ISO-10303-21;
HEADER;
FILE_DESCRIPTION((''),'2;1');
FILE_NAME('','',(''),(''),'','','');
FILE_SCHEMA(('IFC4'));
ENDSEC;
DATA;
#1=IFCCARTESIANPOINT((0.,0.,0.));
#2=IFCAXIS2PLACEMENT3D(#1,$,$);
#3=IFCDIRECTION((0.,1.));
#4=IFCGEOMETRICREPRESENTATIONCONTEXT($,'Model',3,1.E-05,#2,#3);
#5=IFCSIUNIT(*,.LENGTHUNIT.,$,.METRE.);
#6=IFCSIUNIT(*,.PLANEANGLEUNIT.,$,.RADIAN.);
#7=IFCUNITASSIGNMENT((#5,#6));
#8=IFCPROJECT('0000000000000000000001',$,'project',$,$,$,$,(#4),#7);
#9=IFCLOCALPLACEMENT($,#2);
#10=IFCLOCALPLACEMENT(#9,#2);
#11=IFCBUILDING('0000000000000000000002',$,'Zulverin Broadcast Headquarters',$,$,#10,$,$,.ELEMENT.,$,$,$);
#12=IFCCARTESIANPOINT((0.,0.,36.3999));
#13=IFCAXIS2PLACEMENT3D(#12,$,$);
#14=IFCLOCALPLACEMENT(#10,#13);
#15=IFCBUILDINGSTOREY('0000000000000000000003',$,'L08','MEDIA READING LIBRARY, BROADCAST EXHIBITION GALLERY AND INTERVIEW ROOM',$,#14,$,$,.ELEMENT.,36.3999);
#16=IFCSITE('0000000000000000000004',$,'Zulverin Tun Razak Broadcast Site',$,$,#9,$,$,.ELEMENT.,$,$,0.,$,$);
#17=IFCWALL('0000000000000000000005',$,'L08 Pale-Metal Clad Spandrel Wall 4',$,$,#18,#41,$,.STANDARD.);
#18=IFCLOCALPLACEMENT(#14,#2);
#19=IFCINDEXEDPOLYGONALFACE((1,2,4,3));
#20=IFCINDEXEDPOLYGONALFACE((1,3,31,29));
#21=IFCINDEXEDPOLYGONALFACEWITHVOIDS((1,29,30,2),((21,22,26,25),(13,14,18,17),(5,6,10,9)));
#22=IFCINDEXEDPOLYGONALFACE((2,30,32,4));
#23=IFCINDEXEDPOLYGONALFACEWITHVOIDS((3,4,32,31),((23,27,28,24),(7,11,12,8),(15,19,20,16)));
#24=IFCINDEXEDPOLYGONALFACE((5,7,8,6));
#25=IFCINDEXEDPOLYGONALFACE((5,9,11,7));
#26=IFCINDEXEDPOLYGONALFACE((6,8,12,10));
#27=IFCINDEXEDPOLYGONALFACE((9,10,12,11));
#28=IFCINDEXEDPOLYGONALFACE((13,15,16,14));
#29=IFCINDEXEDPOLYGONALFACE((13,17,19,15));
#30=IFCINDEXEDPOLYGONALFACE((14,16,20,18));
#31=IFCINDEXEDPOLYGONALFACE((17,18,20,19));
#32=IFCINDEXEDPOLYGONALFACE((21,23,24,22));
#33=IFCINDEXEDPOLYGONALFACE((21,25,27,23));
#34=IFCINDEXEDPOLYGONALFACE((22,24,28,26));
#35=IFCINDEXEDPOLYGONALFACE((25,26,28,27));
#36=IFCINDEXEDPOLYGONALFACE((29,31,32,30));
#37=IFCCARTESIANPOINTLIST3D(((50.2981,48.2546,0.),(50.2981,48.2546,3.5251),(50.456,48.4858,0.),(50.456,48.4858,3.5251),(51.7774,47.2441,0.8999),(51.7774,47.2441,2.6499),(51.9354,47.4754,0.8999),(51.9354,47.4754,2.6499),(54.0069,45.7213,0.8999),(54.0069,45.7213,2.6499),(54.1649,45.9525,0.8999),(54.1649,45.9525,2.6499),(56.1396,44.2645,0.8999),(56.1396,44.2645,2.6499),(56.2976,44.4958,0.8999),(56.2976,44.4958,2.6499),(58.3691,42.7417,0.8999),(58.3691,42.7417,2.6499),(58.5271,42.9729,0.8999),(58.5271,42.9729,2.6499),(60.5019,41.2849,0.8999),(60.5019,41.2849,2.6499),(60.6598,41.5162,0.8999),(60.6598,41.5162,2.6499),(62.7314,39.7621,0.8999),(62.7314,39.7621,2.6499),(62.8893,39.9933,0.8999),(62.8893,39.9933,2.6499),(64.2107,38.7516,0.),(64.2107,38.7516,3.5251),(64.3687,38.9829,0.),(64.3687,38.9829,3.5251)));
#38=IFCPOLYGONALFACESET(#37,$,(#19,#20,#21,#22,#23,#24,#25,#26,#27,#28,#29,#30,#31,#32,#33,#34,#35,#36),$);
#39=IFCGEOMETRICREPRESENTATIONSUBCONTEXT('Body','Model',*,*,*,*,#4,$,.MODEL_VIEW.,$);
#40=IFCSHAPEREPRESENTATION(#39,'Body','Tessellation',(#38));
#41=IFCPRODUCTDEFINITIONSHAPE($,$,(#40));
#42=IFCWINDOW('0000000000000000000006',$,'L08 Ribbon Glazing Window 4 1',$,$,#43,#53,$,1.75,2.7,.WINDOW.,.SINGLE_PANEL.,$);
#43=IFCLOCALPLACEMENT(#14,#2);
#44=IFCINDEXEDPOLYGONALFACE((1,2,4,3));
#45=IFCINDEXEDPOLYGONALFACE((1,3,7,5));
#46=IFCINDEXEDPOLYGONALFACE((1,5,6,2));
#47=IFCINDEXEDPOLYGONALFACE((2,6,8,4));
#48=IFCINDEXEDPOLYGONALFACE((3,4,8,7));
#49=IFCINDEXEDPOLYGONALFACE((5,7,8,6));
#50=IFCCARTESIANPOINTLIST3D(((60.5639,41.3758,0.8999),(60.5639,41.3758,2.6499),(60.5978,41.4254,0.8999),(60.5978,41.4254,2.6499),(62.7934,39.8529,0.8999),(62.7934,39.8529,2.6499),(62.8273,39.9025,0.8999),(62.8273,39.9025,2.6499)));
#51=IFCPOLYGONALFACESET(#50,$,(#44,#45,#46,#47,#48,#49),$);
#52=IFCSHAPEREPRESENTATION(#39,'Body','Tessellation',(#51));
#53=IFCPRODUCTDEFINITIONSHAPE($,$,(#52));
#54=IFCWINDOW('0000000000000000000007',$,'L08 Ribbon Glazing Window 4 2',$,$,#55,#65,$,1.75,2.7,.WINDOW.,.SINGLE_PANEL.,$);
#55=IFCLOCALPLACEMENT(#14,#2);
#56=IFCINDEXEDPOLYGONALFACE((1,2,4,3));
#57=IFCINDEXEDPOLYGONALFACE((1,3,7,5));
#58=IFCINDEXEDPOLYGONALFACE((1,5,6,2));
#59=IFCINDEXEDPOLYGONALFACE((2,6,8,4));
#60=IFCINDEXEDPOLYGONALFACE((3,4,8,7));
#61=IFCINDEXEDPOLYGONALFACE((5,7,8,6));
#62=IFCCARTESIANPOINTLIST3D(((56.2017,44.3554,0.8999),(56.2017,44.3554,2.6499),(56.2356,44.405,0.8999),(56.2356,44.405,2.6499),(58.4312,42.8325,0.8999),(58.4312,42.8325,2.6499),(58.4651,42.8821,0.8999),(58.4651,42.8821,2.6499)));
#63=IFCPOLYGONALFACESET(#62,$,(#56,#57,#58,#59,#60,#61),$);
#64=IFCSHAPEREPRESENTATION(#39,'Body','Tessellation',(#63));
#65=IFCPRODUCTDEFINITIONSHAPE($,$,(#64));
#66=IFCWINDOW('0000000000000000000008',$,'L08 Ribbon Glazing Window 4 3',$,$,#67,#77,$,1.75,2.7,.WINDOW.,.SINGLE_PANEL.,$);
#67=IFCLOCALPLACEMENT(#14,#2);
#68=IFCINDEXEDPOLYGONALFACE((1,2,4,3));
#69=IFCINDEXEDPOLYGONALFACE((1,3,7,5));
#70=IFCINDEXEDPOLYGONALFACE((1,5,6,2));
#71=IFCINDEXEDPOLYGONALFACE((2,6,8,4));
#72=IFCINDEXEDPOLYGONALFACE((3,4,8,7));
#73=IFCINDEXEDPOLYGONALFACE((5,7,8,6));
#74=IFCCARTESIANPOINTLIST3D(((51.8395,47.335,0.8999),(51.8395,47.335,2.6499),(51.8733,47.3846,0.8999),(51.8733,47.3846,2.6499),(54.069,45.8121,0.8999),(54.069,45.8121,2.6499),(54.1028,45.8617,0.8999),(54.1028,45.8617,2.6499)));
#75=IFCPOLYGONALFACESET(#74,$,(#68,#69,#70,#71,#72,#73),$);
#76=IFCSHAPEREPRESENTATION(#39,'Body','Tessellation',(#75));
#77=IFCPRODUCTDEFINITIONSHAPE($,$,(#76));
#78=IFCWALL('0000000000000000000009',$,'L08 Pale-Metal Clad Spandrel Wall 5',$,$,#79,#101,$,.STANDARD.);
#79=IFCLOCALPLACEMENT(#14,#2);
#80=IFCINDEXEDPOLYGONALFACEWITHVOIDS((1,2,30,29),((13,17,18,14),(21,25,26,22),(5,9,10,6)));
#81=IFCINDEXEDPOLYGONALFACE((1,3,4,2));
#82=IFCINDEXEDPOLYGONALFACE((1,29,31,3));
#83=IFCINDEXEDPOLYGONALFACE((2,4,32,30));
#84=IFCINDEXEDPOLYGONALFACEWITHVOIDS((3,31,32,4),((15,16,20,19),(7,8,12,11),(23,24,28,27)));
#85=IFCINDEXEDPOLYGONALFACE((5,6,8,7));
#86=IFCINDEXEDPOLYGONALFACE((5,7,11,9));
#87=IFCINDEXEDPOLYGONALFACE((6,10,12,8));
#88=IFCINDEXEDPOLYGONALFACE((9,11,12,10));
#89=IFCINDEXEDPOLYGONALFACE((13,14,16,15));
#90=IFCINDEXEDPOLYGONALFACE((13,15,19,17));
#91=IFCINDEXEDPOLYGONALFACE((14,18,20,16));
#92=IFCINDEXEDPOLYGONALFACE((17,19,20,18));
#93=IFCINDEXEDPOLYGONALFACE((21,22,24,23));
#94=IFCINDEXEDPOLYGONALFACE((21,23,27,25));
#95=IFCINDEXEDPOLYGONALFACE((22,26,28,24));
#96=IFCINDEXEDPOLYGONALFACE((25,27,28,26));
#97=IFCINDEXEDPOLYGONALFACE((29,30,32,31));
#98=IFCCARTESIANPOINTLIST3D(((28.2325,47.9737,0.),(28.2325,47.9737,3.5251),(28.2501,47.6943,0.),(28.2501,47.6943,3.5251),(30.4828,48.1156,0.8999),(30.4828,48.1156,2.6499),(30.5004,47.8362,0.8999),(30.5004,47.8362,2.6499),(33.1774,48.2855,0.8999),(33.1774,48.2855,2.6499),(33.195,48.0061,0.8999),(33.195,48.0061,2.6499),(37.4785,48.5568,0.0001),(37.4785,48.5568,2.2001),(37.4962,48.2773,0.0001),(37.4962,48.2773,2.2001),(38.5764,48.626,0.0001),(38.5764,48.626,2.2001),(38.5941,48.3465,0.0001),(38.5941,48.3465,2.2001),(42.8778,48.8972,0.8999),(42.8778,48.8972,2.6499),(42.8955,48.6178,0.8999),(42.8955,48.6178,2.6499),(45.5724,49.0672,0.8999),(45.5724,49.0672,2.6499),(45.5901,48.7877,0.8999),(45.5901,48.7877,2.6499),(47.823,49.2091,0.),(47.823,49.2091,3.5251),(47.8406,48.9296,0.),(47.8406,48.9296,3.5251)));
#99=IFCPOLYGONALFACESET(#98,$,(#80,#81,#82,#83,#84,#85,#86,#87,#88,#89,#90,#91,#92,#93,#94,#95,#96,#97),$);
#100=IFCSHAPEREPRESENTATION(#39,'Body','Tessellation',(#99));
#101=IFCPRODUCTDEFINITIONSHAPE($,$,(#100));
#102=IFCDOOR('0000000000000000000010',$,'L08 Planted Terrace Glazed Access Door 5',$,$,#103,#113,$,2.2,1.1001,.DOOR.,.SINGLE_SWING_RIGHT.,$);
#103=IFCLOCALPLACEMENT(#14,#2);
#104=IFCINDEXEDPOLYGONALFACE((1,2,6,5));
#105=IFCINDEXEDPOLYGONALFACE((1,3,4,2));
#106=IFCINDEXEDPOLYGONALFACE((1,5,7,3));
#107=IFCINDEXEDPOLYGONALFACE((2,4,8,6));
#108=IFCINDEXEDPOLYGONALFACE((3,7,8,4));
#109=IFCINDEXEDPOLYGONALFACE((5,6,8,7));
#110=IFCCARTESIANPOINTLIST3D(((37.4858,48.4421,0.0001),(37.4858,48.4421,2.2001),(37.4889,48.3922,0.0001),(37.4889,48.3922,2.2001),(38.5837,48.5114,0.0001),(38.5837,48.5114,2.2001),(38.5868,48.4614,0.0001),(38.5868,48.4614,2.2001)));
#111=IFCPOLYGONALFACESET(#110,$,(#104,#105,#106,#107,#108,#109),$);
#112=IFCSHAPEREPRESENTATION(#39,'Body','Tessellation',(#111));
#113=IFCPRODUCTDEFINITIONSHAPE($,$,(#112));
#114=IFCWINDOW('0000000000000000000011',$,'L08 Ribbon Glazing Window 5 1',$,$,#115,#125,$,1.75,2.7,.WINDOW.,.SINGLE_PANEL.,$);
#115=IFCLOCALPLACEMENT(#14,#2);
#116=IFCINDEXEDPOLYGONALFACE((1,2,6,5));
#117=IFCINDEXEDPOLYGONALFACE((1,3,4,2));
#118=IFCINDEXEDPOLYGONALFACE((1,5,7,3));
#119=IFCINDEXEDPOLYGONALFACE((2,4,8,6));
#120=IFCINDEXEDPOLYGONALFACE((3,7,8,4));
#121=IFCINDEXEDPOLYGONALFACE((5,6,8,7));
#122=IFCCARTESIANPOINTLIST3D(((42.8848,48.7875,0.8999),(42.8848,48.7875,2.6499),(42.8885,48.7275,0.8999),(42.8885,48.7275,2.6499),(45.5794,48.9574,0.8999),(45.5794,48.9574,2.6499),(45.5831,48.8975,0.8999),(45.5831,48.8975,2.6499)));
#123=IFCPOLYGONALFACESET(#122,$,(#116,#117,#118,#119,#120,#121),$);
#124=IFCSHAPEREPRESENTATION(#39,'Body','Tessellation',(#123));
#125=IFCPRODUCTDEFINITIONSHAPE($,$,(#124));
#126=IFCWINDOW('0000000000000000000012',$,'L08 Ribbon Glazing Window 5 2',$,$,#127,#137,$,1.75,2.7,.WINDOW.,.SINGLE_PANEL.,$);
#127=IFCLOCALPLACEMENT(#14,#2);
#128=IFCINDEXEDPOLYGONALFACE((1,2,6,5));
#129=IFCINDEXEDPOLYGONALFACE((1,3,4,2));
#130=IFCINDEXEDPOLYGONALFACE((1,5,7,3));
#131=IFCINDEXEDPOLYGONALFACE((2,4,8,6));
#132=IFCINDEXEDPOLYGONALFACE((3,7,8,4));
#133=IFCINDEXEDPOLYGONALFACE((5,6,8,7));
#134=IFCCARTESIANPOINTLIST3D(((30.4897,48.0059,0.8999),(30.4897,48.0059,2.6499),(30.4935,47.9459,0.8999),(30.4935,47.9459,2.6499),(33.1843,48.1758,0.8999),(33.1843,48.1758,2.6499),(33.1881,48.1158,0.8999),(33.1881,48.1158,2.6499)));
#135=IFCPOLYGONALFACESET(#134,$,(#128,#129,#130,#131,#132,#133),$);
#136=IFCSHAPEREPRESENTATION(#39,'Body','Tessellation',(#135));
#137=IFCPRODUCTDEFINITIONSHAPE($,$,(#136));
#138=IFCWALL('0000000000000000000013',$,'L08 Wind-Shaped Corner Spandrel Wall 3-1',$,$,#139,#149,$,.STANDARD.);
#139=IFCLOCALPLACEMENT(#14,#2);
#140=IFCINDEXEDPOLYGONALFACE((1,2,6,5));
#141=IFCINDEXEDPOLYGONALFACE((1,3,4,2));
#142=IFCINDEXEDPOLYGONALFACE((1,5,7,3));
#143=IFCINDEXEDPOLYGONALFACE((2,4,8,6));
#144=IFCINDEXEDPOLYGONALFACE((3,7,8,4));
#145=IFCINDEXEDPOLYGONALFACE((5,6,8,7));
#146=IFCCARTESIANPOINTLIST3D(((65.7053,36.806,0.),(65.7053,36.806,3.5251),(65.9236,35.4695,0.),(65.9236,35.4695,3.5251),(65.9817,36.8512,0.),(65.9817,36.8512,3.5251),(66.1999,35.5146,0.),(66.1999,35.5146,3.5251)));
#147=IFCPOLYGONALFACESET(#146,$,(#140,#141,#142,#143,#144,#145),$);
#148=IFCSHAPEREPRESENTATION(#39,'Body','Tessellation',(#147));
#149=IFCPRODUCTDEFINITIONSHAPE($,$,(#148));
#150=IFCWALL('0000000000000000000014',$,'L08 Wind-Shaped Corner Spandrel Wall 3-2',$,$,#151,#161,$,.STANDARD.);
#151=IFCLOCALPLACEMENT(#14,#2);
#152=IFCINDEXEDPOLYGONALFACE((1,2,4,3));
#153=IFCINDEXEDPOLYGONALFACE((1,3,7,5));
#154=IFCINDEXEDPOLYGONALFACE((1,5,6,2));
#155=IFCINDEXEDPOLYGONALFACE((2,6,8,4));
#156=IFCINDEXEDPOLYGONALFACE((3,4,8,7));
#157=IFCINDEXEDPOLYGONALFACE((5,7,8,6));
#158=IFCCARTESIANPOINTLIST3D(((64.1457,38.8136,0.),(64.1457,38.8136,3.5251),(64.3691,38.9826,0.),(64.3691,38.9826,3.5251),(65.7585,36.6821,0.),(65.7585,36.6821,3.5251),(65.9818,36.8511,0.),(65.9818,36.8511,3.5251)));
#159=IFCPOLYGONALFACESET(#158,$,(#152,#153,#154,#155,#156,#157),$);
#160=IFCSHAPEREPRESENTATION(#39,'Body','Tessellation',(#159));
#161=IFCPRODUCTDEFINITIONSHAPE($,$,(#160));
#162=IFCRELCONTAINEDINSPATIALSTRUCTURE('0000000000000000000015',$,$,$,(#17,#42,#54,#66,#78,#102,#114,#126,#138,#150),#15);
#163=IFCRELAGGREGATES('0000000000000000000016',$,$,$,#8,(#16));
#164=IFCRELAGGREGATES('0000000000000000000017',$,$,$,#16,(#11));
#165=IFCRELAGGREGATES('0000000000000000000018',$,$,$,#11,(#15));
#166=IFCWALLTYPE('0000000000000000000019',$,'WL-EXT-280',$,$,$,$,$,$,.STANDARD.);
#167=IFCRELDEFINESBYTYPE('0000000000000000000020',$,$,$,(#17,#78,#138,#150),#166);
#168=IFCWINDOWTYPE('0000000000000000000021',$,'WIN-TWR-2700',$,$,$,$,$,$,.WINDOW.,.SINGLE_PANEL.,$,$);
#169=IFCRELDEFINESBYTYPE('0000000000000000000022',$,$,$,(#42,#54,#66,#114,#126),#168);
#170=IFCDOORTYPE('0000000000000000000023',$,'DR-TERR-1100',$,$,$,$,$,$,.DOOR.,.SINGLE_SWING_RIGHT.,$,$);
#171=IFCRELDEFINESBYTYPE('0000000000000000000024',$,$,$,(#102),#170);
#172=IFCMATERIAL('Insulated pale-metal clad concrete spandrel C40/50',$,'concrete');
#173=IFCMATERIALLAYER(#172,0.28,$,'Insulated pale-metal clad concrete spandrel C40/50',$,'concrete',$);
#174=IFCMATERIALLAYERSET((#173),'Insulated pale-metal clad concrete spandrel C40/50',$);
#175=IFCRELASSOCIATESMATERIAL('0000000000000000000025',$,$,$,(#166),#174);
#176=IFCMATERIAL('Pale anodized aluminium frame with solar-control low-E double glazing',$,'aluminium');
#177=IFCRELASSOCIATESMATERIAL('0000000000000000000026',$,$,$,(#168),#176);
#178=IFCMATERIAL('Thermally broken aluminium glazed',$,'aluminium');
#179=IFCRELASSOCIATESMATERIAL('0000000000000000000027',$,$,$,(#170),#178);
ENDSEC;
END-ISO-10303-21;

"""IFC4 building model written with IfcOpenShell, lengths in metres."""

from ifc_helpers import new_model, si_unit, direction, frame, frame_2d, origin, place, context, subcontext, project, spatial, rectangle, extrude, material, layer, layer_set, type_object, element, fill, save


model = new_model("IFC4")

# Units and contexts
model_context = context("Model", 3, precision=1e-05, world=origin(), true_north=direction((0.0, 1.0)))
body_context = subcontext(model_context, "Body", "Model", "MODEL_VIEW")
ifc_project = project(units=[si_unit("LENGTHUNIT", "METRE"), si_unit("PLANEANGLEUNIT", "RADIAN")], contexts=[model_context])

# Site, building, storey
site_placement = place(None, origin())
site = spatial("IfcSite", under=ifc_project, at=site_placement, Name="Zulverin Tun Razak Broadcast Site", CompositionType="ELEMENT", RefElevation=0.0)
building_placement = place(site_placement, origin())
building = spatial("IfcBuilding", under=site, at=building_placement, Name="Zulverin Broadcast Headquarters", CompositionType="ELEMENT")
storey_placement = place(building_placement, frame((0.0, 0.0, 36.3999)))
storey = spatial("IfcBuildingStorey", under=building, at=storey_placement, Name="L08", Description="MEDIA READING LIBRARY, BROADCAST EXHIBITION GALLERY AND INTERVIEW ROOM", CompositionType="ELEMENT", Elevation=36.3999)

# Wall, openings, windows
ifc_material_1 = material(Name="Insulated pale-metal clad concrete spandrel C40/50", Category="concrete")
ifc_layer_1 = layer(ifc_material_1, 0.28, Name="Insulated pale-metal clad concrete spandrel C40/50", Category="concrete")
ifc_layer_set_1 = layer_set([ifc_layer_1], Name="Insulated pale-metal clad concrete spandrel C40/50")
wall_type = type_object("IfcWallType", Name="WL-EXT-280", PredefinedType="STANDARD", material=ifc_layer_set_1)
wall_1_placement = place(storey_placement, frame((64.2898, 38.8672, 0.0), z_axis=(0.0, 0.0, 1.0), x_axis=(-0.825756, 0.564028, 0.0)))
wall_1 = element("IfcWall", 1, at=wall_1_placement, inside=storey, type_object=wall_type, Name="L08 Pale-Metal Clad Spandrel Wall 4", PredefinedType="STANDARD", context=body_context, shape_type="SweptSolid", body=[
    extrude(rectangle(XDim=16.8484, YDim=0.28, at=frame_2d((8.4243, 0.0))), origin(), (0.0, 0.0, 1.0), 3.5251),
])
opening_1_placement = place(wall_1_placement, frame((1.7915, 0.0, 0.8999)))
opening_1 = element("IfcOpeningElement", 2, at=opening_1_placement, cuts=wall_1, PredefinedType="OPENING", context=body_context, shape_type="SweptSolid", body=[
    extrude(rectangle(XDim=2.7, YDim=1.75, at=frame_2d((1.3501, 0.875))), frame((0.0, 0.1499, 0.0), z_axis=(0.0, -1.0, 0.0), x_axis=(1.0, 0.0, 0.0)), (0.0, 0.0, 1.0), 0.3),
])
opening_2_placement = place(wall_1_placement, frame((7.0742, 0.0, 0.8999)))
opening_2 = element("IfcOpeningElement", 3, at=opening_2_placement, cuts=wall_1, PredefinedType="OPENING", context=body_context, shape_type="SweptSolid", body=[
    extrude(rectangle(XDim=2.7, YDim=1.75, at=frame_2d((1.3501, 0.875))), frame((0.0, 0.1499, 0.0), z_axis=(0.0, -1.0, 0.0), x_axis=(1.0, 0.0, 0.0)), (0.0, 0.0, 1.0), 0.3),
])
opening_3_placement = place(wall_1_placement, frame((12.3569, 0.0, 0.8999)))
opening_3 = element("IfcOpeningElement", 4, at=opening_3_placement, cuts=wall_1, PredefinedType="OPENING", context=body_context, shape_type="SweptSolid", body=[
    extrude(rectangle(XDim=2.7, YDim=1.75, at=frame_2d((1.3501, 0.875))), frame((0.0, 0.1499, 0.0), z_axis=(0.0, -1.0, 0.0), x_axis=(1.0, 0.0, 0.0)), (0.0, 0.0, 1.0), 0.3),
])
ifc_material_2 = material(Name="Pale anodized aluminium frame with solar-control low-E double glazing", Category="aluminium")
window_type = type_object("IfcWindowType", Name="WIN-TWR-2700", PartitioningType="SINGLE_PANEL", PredefinedType="WINDOW", material=ifc_material_2)
window_1_placement = place(opening_1_placement, origin())
window_1 = element("IfcWindow", 5, at=window_1_placement, inside=storey, type_object=window_type, Name="L08 Ribbon Glazing Window 4 1", OverallHeight=1.75, OverallWidth=2.7, PartitioningType="SINGLE_PANEL", PredefinedType="WINDOW", context=body_context, shape_type="SweptSolid", body=[
    extrude(rectangle(XDim=2.7, YDim=1.75, at=frame_2d((1.3501, 0.875))), frame((0.0, 0.03, 0.0), z_axis=(0.0, -1.0, 0.0), x_axis=(1.0, 0.0, 0.0)), (0.0, 0.0, 1.0), 0.0601),
])
fill(opening_1, window_1)
window_2_placement = place(opening_2_placement, origin())
window_2 = element("IfcWindow", 6, at=window_2_placement, inside=storey, type_object=window_type, Name="L08 Ribbon Glazing Window 4 2", OverallHeight=1.75, OverallWidth=2.7, PartitioningType="SINGLE_PANEL", PredefinedType="WINDOW", context=body_context, shape_type="SweptSolid", body=[
    extrude(rectangle(XDim=2.7, YDim=1.75, at=frame_2d((1.3501, 0.875))), frame((0.0, 0.03, 0.0), z_axis=(0.0, -1.0, 0.0), x_axis=(1.0, 0.0, 0.0)), (0.0, 0.0, 1.0), 0.0601),
])
fill(opening_2, window_2)
window_3_placement = place(opening_3_placement, origin())
window_3 = element("IfcWindow", 7, at=window_3_placement, inside=storey, type_object=window_type, Name="L08 Ribbon Glazing Window 4 3", OverallHeight=1.75, OverallWidth=2.7, PartitioningType="SINGLE_PANEL", PredefinedType="WINDOW", context=body_context, shape_type="SweptSolid", body=[
    extrude(rectangle(XDim=2.7, YDim=1.75, at=frame_2d((1.3501, 0.875))), frame((0.0, 0.03, 0.0), z_axis=(0.0, -1.0, 0.0), x_axis=(1.0, 0.0, 0.0)), (0.0, 0.0, 1.0), 0.0601),
])
fill(opening_3, window_3)

# Wall, openings, door, windows
wall_2_placement = place(storey_placement, frame((47.8318, 49.0693, 0.0), z_axis=(0.0, 0.0, 1.0), x_axis=(-0.998018, -0.062933, 0.0)))
wall_2 = element("IfcWall", 8, at=wall_2_placement, inside=storey, type_object=wall_type, Name="L08 Pale-Metal Clad Spandrel Wall 5", PredefinedType="STANDARD", context=body_context, shape_type="SweptSolid", body=[
    extrude(rectangle(XDim=19.6294, YDim=0.28, at=frame_2d((9.8147, 0.0))), origin(), (0.0, 0.0, 1.0), 3.5251),
])
opening_4_placement = place(wall_2_placement, frame((9.2649, 0.0, 0.0)))
opening_4 = element("IfcOpeningElement", 9, at=opening_4_placement, cuts=wall_2, PredefinedType="OPENING", context=body_context, shape_type="SweptSolid", body=[
    extrude(rectangle(XDim=1.1001, YDim=2.2, at=frame_2d((0.55, 1.1001))), frame((0.0, 0.1499, 0.0), z_axis=(0.0, -1.0, 0.0), x_axis=(1.0, 0.0, 0.0)), (0.0, 0.0, 1.0), 0.3),
])
opening_5_placement = place(wall_2_placement, frame((2.2549, 0.0, 0.8999)))
opening_5 = element("IfcOpeningElement", 10, at=opening_5_placement, cuts=wall_2, PredefinedType="OPENING", context=body_context, shape_type="SweptSolid", body=[
    extrude(rectangle(XDim=2.7, YDim=1.75, at=frame_2d((1.3501, 0.875))), frame((0.0, 0.1499, 0.0), z_axis=(0.0, -1.0, 0.0), x_axis=(1.0, 0.0, 0.0)), (0.0, 0.0, 1.0), 0.3),
])
opening_6_placement = place(wall_2_placement, frame((14.6746, 0.0, 0.8999)))
opening_6 = element("IfcOpeningElement", 11, at=opening_6_placement, cuts=wall_2, PredefinedType="OPENING", context=body_context, shape_type="SweptSolid", body=[
    extrude(rectangle(XDim=2.7, YDim=1.75, at=frame_2d((1.3501, 0.875))), frame((0.0, 0.1499, 0.0), z_axis=(0.0, -1.0, 0.0), x_axis=(1.0, 0.0, 0.0)), (0.0, 0.0, 1.0), 0.3),
])
ifc_material_3 = material(Name="Thermally broken aluminium glazed", Category="aluminium")
door_type = type_object("IfcDoorType", Name="DR-TERR-1100", OperationType="SINGLE_SWING_RIGHT", PredefinedType="DOOR", material=ifc_material_3)
door_placement = place(opening_4_placement, origin())
door = element("IfcDoor", 12, at=door_placement, inside=storey, type_object=door_type, Name="L08 Planted Terrace Glazed Access Door 5", OperationType="SINGLE_SWING_RIGHT", OverallHeight=2.2, OverallWidth=1.1001, PredefinedType="DOOR", context=body_context, shape_type="SweptSolid", body=[
    extrude(rectangle(XDim=1.1001, YDim=2.2, at=frame_2d((0.55, 1.1001))), frame((0.0, 0.0249, 0.0), z_axis=(0.0, -1.0, 0.0), x_axis=(1.0, 0.0, 0.0)), (0.0, 0.0, 1.0), 0.05),
])
fill(opening_4, door)
window_4_placement = place(opening_5_placement, origin())
window_4 = element("IfcWindow", 13, at=window_4_placement, inside=storey, type_object=window_type, Name="L08 Ribbon Glazing Window 5 1", OverallHeight=1.75, OverallWidth=2.7, PartitioningType="SINGLE_PANEL", PredefinedType="WINDOW", context=body_context, shape_type="SweptSolid", body=[
    extrude(rectangle(XDim=2.7, YDim=1.75, at=frame_2d((1.3501, 0.875))), frame((0.0, 0.03, 0.0), z_axis=(0.0, -1.0, 0.0), x_axis=(1.0, 0.0, 0.0)), (0.0, 0.0, 1.0), 0.0601),
])
fill(opening_5, window_4)
window_5_placement = place(opening_6_placement, origin())
window_5 = element("IfcWindow", 14, at=window_5_placement, inside=storey, type_object=window_type, Name="L08 Ribbon Glazing Window 5 2", OverallHeight=1.75, OverallWidth=2.7, PartitioningType="SINGLE_PANEL", PredefinedType="WINDOW", context=body_context, shape_type="SweptSolid", body=[
    extrude(rectangle(XDim=2.7, YDim=1.75, at=frame_2d((1.3501, 0.875))), frame((0.0, 0.03, 0.0), z_axis=(0.0, -1.0, 0.0), x_axis=(1.0, 0.0, 0.0)), (0.0, 0.0, 1.0), 0.0601),
])
fill(opening_6, window_5)

# Walls
wall_3_placement = place(storey_placement, frame((66.0618, 35.4919, 0.0), z_axis=(0.0, 0.0, 1.0), x_axis=(-0.161182, 0.986925, 0.0)))
element("IfcWall", 15, at=wall_3_placement, inside=storey, type_object=wall_type, Name="L08 Wind-Shaped Corner Spandrel Wall 3-1", PredefinedType="STANDARD", context=body_context, shape_type="SweptSolid", body=[
    extrude(rectangle(XDim=1.3542, YDim=0.28, at=frame_2d((0.6772, 0.0))), origin(), (0.0, 0.0, 1.0), 3.5251),
])
wall_4_placement = place(storey_placement, frame((65.8701, 36.7666, 0.0), z_axis=(0.0, 0.0, 1.0), x_axis=(-0.60337, 0.797461, 0.0)))
element("IfcWall", 16, at=wall_4_placement, inside=storey, type_object=wall_type, Name="L08 Wind-Shaped Corner Spandrel Wall 3-2", PredefinedType="STANDARD", context=body_context, shape_type="SweptSolid", body=[
    extrude(rectangle(XDim=2.6729, YDim=0.28, at=frame_2d((1.3364, 0.0))), origin(), (0.0, 0.0, 1.0), 3.5251),
])

save(model, "model.ifc")
